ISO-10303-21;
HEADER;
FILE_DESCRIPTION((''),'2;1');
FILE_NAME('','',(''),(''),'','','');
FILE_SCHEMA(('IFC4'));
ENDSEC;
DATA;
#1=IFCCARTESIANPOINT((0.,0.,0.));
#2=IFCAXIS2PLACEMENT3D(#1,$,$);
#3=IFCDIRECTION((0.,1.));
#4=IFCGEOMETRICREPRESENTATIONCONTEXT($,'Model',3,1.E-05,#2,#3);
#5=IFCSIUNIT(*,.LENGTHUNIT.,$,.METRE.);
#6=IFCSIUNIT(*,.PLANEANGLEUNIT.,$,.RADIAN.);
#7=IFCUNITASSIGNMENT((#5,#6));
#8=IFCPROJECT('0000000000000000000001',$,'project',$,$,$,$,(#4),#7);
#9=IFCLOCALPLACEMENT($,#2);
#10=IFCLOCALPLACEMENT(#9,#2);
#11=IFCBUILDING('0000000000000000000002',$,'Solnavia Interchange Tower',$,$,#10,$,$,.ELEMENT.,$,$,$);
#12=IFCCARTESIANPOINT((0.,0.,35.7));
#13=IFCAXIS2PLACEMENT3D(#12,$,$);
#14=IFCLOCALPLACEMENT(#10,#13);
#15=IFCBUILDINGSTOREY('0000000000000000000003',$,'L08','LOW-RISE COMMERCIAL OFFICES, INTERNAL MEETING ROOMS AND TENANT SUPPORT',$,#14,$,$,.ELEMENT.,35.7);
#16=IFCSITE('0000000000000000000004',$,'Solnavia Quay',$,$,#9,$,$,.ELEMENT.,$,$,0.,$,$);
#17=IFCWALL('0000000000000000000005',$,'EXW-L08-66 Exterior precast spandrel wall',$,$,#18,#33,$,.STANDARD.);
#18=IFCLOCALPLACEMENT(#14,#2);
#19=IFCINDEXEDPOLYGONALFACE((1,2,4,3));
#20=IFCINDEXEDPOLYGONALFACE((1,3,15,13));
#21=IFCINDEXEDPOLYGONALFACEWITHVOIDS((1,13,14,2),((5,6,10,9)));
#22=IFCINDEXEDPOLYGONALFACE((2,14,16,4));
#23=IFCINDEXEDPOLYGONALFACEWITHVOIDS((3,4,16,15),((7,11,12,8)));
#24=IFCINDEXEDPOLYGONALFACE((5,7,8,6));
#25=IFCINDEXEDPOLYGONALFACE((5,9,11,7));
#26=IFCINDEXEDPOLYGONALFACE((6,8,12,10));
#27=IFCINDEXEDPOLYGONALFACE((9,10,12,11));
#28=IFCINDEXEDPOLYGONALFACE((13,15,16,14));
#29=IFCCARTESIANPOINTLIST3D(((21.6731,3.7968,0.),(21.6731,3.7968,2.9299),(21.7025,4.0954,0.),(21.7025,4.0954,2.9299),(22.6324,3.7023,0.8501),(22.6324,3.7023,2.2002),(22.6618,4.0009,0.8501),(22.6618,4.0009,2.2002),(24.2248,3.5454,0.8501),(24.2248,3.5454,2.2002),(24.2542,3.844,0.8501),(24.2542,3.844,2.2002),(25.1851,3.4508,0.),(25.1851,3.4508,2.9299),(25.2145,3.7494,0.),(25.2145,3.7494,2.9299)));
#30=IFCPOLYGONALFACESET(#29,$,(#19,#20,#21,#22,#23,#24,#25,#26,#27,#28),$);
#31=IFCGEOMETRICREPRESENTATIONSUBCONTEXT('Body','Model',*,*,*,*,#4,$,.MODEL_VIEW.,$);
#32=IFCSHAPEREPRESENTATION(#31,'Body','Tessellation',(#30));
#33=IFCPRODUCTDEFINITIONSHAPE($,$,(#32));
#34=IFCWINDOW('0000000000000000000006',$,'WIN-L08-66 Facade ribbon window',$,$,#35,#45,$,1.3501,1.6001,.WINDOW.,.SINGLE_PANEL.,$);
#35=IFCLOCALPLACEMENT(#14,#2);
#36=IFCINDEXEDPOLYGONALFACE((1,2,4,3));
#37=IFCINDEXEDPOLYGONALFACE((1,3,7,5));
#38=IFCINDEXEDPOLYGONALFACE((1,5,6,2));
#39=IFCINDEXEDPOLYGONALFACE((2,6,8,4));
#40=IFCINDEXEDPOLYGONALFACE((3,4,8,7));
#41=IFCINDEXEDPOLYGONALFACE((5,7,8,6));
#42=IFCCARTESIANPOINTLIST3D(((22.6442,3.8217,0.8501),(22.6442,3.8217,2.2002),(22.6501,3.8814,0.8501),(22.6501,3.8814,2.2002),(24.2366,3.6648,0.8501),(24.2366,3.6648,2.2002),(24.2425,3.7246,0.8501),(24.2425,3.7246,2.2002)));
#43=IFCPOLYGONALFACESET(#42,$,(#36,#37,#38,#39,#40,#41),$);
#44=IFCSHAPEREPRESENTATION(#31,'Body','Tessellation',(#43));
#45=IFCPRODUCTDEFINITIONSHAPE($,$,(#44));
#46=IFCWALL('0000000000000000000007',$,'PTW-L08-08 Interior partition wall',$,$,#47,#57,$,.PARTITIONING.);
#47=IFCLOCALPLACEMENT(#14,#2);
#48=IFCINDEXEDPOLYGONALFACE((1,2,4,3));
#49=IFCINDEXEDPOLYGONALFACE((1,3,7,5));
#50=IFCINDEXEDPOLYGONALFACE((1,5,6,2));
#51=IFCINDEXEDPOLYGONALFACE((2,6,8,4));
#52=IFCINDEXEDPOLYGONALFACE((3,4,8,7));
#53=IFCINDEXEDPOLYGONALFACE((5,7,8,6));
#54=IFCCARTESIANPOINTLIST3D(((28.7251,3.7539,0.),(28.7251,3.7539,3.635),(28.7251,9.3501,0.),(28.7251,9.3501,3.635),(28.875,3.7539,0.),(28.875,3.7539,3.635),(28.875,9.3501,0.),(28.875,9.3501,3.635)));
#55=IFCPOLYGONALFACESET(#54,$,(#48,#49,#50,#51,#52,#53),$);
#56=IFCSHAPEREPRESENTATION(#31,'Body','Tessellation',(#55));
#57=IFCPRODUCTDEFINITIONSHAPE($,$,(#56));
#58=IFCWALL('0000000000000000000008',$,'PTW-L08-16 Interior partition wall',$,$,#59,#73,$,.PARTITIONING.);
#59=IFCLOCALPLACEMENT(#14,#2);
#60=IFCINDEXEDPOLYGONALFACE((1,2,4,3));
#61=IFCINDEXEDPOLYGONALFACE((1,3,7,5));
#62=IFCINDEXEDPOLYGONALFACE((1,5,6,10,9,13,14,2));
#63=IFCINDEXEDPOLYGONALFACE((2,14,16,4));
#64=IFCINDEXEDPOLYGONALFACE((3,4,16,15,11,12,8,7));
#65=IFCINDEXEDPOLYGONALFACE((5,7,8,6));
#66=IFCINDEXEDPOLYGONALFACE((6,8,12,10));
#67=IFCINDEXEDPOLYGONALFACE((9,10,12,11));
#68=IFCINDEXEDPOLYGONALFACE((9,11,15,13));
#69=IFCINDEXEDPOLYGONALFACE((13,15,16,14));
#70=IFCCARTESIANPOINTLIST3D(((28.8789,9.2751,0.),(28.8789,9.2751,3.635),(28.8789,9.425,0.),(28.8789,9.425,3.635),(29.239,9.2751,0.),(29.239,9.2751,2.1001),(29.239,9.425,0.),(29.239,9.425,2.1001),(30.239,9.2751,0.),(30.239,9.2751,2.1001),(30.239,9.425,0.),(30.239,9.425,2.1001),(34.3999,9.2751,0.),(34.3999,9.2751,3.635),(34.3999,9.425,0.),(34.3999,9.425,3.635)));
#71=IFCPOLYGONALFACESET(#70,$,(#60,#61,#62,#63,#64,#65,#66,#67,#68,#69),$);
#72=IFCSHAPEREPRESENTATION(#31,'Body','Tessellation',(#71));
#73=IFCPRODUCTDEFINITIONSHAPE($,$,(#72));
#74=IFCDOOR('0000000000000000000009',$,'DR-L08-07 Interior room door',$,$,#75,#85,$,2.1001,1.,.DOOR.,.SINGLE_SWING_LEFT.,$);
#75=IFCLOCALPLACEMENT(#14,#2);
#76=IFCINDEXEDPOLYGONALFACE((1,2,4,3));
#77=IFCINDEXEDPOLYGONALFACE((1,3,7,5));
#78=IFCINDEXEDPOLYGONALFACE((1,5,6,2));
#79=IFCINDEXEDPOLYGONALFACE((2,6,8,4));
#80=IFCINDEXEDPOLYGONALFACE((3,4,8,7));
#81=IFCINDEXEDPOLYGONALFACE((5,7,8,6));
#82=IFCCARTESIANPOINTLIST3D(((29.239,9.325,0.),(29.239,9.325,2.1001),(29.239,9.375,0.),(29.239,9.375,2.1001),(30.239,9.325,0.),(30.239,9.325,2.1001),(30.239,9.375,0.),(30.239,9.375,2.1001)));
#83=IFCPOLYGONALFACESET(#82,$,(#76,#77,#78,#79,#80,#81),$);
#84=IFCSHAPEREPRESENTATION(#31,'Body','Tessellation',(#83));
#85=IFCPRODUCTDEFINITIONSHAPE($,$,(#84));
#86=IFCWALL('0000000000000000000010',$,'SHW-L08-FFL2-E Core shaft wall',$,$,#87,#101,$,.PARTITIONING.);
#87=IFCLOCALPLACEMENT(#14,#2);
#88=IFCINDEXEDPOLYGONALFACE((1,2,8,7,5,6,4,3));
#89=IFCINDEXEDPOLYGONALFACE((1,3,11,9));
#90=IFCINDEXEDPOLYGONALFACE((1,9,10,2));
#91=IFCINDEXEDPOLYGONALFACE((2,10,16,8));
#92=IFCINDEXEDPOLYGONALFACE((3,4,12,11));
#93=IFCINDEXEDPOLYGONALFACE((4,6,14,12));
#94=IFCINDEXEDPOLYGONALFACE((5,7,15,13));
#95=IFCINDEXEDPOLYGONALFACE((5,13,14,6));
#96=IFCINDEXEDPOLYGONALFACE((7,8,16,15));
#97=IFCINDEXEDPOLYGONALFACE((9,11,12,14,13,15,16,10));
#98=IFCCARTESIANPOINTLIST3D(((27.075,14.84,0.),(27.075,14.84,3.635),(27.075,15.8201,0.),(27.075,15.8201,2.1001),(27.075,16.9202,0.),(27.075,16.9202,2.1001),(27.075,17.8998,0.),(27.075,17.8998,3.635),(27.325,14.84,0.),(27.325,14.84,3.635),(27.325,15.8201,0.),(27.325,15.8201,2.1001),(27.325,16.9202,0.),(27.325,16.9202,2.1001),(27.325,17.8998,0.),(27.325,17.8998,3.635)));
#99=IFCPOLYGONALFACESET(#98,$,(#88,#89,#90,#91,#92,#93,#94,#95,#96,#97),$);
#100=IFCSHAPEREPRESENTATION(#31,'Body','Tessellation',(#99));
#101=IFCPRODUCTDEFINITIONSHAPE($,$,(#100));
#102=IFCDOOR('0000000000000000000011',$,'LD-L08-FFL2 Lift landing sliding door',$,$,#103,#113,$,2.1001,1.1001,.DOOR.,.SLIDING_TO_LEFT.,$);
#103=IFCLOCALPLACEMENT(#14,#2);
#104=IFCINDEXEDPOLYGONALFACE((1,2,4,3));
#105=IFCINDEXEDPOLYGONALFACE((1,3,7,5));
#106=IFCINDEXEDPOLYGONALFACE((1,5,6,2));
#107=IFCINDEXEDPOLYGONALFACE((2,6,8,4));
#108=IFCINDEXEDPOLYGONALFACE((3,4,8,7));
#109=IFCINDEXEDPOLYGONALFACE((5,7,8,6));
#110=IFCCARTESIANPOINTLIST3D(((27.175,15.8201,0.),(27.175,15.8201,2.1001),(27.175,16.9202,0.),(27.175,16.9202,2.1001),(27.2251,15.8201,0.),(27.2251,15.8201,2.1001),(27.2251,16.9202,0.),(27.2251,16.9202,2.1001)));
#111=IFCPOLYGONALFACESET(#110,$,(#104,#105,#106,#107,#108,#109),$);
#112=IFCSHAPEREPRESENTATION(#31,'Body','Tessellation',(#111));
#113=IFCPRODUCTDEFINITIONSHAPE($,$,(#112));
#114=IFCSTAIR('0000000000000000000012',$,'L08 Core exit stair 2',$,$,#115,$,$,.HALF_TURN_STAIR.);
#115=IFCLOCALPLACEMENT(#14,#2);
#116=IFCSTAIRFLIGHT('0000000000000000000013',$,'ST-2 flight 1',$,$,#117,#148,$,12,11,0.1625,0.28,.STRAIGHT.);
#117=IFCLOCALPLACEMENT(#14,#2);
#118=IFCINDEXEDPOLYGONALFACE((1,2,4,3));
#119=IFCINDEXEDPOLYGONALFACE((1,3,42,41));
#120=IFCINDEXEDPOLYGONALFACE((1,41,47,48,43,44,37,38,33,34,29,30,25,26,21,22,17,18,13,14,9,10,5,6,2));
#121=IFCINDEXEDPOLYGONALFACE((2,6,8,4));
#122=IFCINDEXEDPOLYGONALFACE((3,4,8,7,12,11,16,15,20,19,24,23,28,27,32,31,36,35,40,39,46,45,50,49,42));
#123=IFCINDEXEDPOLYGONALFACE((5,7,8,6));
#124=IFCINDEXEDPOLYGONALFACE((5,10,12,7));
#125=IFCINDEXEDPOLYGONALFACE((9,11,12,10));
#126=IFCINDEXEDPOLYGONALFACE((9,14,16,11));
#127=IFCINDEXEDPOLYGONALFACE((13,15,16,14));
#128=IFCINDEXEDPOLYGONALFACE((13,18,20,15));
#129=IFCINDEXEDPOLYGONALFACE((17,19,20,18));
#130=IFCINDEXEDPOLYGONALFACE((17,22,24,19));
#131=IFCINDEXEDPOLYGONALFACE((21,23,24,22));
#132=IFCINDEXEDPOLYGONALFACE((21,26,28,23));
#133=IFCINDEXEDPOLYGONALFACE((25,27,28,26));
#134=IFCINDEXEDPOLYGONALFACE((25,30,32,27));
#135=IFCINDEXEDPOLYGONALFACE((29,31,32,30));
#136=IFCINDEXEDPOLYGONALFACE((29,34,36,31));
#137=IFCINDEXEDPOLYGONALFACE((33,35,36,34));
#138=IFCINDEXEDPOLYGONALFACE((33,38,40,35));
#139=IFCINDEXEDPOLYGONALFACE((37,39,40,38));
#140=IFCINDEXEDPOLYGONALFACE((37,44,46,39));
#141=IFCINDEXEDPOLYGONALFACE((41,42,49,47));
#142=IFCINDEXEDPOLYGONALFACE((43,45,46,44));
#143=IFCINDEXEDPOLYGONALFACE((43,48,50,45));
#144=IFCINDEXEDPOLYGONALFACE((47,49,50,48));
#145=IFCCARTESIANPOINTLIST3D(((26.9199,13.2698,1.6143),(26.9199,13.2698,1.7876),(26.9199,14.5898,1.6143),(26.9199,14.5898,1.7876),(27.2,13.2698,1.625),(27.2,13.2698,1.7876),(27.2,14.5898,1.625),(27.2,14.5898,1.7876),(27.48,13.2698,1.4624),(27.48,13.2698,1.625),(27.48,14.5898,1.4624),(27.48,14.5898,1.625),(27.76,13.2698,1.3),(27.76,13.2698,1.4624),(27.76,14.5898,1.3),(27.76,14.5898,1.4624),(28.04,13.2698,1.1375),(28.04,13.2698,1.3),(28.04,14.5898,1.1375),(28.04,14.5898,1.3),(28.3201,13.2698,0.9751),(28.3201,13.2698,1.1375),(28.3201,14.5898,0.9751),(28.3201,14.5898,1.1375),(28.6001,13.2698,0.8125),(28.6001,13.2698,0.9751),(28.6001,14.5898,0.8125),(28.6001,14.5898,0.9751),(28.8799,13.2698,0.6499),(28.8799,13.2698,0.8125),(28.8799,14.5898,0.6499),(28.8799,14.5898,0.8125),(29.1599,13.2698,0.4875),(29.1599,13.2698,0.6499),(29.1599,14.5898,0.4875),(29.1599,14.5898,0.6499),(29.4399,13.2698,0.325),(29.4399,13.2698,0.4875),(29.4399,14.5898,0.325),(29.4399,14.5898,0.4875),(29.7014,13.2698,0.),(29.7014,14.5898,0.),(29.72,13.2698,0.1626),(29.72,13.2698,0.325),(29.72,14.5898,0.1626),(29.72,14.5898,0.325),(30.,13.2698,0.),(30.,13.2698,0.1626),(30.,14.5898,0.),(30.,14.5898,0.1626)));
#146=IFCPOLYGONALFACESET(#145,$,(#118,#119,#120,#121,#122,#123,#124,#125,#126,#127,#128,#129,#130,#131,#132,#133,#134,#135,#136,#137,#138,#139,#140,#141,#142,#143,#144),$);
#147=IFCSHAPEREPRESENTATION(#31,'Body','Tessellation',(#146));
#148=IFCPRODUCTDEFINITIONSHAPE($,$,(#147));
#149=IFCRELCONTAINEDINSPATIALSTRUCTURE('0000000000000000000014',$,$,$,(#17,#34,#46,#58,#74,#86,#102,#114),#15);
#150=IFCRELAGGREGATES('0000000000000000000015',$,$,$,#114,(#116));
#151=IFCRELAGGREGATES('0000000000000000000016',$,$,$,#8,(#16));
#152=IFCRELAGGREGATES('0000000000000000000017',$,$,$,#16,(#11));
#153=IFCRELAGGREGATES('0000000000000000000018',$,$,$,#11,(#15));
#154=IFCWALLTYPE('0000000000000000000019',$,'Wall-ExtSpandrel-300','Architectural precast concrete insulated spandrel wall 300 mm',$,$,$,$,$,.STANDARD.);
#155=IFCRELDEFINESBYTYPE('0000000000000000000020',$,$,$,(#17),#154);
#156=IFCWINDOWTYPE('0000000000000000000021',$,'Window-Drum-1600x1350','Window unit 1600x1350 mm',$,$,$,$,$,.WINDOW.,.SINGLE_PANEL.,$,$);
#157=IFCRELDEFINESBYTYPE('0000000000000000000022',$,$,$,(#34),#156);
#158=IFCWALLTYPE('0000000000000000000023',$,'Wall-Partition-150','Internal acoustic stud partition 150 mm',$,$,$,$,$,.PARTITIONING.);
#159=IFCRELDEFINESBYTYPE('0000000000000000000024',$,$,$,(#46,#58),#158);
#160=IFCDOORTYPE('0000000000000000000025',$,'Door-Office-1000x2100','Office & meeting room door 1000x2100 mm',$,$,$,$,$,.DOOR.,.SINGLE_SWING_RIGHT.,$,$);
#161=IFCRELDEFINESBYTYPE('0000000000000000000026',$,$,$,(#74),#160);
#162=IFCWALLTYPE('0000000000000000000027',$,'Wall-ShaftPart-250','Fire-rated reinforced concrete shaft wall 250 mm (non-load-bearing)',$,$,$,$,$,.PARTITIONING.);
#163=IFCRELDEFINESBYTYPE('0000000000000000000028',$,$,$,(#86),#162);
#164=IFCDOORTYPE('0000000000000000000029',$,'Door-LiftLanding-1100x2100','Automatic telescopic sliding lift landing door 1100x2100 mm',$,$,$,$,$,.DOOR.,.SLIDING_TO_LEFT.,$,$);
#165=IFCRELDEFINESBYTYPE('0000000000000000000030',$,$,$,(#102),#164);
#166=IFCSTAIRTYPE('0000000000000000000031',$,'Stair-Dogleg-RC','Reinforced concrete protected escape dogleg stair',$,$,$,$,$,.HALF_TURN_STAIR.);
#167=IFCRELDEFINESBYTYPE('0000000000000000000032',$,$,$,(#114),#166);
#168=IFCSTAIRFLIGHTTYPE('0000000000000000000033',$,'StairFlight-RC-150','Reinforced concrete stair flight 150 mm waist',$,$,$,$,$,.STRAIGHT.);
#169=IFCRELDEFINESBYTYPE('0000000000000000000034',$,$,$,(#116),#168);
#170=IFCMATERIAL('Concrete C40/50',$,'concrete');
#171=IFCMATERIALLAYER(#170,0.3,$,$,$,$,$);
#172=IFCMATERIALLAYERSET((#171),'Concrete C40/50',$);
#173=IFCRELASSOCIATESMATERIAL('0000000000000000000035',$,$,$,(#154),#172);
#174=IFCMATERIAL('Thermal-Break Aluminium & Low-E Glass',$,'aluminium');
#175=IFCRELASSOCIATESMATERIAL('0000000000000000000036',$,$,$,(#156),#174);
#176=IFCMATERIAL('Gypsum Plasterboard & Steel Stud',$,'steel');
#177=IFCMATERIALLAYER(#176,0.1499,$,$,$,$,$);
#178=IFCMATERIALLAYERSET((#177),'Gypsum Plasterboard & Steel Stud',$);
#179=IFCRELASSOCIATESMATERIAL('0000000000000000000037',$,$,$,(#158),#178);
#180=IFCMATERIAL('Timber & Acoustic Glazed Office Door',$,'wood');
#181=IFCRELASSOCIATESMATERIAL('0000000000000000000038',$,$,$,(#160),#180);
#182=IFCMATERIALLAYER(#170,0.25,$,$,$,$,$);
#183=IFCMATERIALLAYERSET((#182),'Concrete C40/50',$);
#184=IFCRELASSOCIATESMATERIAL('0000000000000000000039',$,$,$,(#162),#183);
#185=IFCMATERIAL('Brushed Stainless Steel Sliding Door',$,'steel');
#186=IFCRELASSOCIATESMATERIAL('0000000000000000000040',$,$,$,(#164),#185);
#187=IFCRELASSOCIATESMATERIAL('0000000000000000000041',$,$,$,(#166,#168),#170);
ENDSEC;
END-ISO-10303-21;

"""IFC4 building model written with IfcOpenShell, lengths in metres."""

from ifc_helpers import new_model, si_unit, direction, frame, frame_2d, origin, place, context, subcontext, project, spatial, polyline, rectangle, outline, extrude, material, layer, layer_set, type_object, element, fill, aggregate, save


model = new_model("IFC4")

# Units and contexts
model_context = context("Model", 3, precision=1e-05, world=origin(), true_north=direction((0.0, 1.0)))
body_context = subcontext(model_context, "Body", "Model", "MODEL_VIEW")
ifc_project = project(units=[si_unit("LENGTHUNIT", "METRE"), si_unit("PLANEANGLEUNIT", "RADIAN")], contexts=[model_context])

# Site, building, storey
site_placement = place(None, origin())
site = spatial("IfcSite", under=ifc_project, at=site_placement, Name="Solnavia Quay", CompositionType="ELEMENT", RefElevation=0.0)
building_placement = place(site_placement, origin())
building = spatial("IfcBuilding", under=site, at=building_placement, Name="Solnavia Interchange Tower", CompositionType="ELEMENT")
storey_placement = place(building_placement, frame((0.0, 0.0, 35.7)))
storey = spatial("IfcBuildingStorey", under=building, at=storey_placement, Name="L08", Description="LOW-RISE COMMERCIAL OFFICES, INTERNAL MEETING ROOMS AND TENANT SUPPORT", CompositionType="ELEMENT", Elevation=35.7)

# Shared definitions
ifc_material_1 = material(Name="Concrete C40/50", Category="concrete")
ifc_layer_1 = layer(ifc_material_1, 0.3)
ifc_layer_set_1 = layer_set([ifc_layer_1], Name="Concrete C40/50")
wall_type_1 = type_object("IfcWallType", Name="Wall-ExtSpandrel-300", Description="Architectural precast concrete insulated spandrel wall 300 mm", PredefinedType="STANDARD", material=ifc_layer_set_1)

# Wall, opening, window
wall_1_placement = place(storey_placement, frame((25.2, 3.6001, 0.0), z_axis=(0.0, 0.0, 1.0), x_axis=(-0.995183, 0.098031, 0.0)))
wall_1 = element("IfcWall", 1, at=wall_1_placement, inside=storey, type_object=wall_type_1, Name="EXW-L08-66 Exterior precast spandrel wall", PredefinedType="STANDARD", context=body_context, shape_type="SweptSolid", body=[
    extrude(rectangle(XDim=3.5291, YDim=0.3, at=frame_2d((1.7646, 0.0))), origin(), (0.0, 0.0, 1.0), 2.9299),
])
opening_1_placement = place(wall_1_placement, frame((0.9651, 0.0, 0.8501)))
opening_1 = element("IfcOpeningElement", 2, at=opening_1_placement, cuts=wall_1, PredefinedType="OPENING", context=body_context, shape_type="SweptSolid", body=[
    extrude(rectangle(XDim=1.6001, YDim=1.3501, at=frame_2d((0.8, 0.675))), frame((0.0, 0.1602, 0.0), z_axis=(0.0, -1.0, 0.0), x_axis=(1.0, 0.0, 0.0)), (0.0, 0.0, 1.0), 0.3201),
])
ifc_material_2 = material(Name="Thermal-Break Aluminium & Low-E Glass", Category="aluminium")
window_type = type_object("IfcWindowType", Name="Window-Drum-1600x1350", Description="Window unit 1600x1350 mm", PartitioningType="SINGLE_PANEL", PredefinedType="WINDOW", material=ifc_material_2)
window_placement = place(opening_1_placement, origin())
window = element("IfcWindow", 3, at=window_placement, inside=storey, type_object=window_type, Name="WIN-L08-66 Facade ribbon window", OverallHeight=1.3501, OverallWidth=1.6001, PartitioningType="SINGLE_PANEL", PredefinedType="WINDOW", context=body_context, shape_type="SweptSolid", body=[
    extrude(rectangle(XDim=1.6001, YDim=1.3501, at=frame_2d((0.8, 0.675))), frame((0.0, 0.03, 0.0), z_axis=(0.0, -1.0, 0.0), x_axis=(1.0, 0.0, 0.0)), (0.0, 0.0, 1.0), 0.0601),
])
fill(opening_1, window)

# Wall
ifc_material_3 = material(Name="Gypsum Plasterboard & Steel Stud", Category="steel")
ifc_layer_2 = layer(ifc_material_3, 0.1499)
ifc_layer_set_2 = layer_set([ifc_layer_2], Name="Gypsum Plasterboard & Steel Stud")
wall_type_2 = type_object("IfcWallType", Name="Wall-Partition-150", Description="Internal acoustic stud partition 150 mm", PredefinedType="PARTITIONING", material=ifc_layer_set_2)
wall_2_placement = place(storey_placement, frame((28.8, 9.3501, 0.0), z_axis=(0.0, 0.0, 1.0), x_axis=(0.0, -1.0, 0.0)))
element("IfcWall", 4, at=wall_2_placement, inside=storey, type_object=wall_type_2, Name="PTW-L08-08 Interior partition wall", PredefinedType="PARTITIONING", context=body_context, shape_type="SweptSolid", body=[
    extrude(rectangle(XDim=5.5962, YDim=0.1499, at=frame_2d((2.7981, 0.0))), origin(), (0.0, 0.0, 1.0), 3.635),
])

# Walls, openings, doors
wall_3_placement = place(storey_placement, frame((28.8789, 9.3501, 0.0), z_axis=(0.0, 0.0, 1.0), x_axis=(1.0, 0.0, 0.0)))
wall_3 = element("IfcWall", 5, at=wall_3_placement, inside=storey, type_object=wall_type_2, Name="PTW-L08-16 Interior partition wall", PredefinedType="PARTITIONING", context=body_context, shape_type="SweptSolid", body=[
    extrude(rectangle(XDim=5.521, YDim=0.1499, at=frame_2d((2.7605, 0.0))), origin(), (0.0, 0.0, 1.0), 3.635),
])
opening_2_placement = place(wall_3_placement, frame((0.3601, 0.0, 0.0)))
opening_2 = element("IfcOpeningElement", 6, at=opening_2_placement, cuts=wall_3, PredefinedType="OPENING", context=body_context, shape_type="SweptSolid", body=[
    extrude(rectangle(XDim=1.0, YDim=2.1001, at=frame_2d((0.5, 1.05))), frame((0.0, 0.085, 0.0), z_axis=(0.0, -1.0, 0.0), x_axis=(1.0, 0.0, 0.0)), (0.0, 0.0, 1.0), 0.1699),
])
ifc_material_4 = material(Name="Timber & Acoustic Glazed Office Door", Category="wood")
door_type_1 = type_object("IfcDoorType", Name="Door-Office-1000x2100", Description="Office & meeting room door 1000x2100 mm", OperationType="SINGLE_SWING_RIGHT", PredefinedType="DOOR", material=ifc_material_4)
door_1_placement = place(opening_2_placement, origin())
door_1 = element("IfcDoor", 7, at=door_1_placement, inside=storey, type_object=door_type_1, Name="DR-L08-07 Interior room door", OperationType="SINGLE_SWING_LEFT", OverallHeight=2.1001, OverallWidth=1.0, PredefinedType="DOOR", context=body_context, shape_type="SweptSolid", body=[
    extrude(rectangle(XDim=1.0, YDim=2.1001, at=frame_2d((0.5, 1.05))), frame((0.0, 0.0249, 0.0), z_axis=(0.0, -1.0, 0.0), x_axis=(1.0, 0.0, 0.0)), (0.0, 0.0, 1.0), 0.05),
])
fill(opening_2, door_1)
ifc_layer_3 = layer(ifc_material_1, 0.25)
ifc_layer_set_3 = layer_set([ifc_layer_3], Name="Concrete C40/50")
wall_type_3 = type_object("IfcWallType", Name="Wall-ShaftPart-250", Description="Fire-rated reinforced concrete shaft wall 250 mm (non-load-bearing)", PredefinedType="PARTITIONING", material=ifc_layer_set_3)
wall_4_placement = place(storey_placement, frame((27.2, 14.8401, 0.0), z_axis=(0.0, 0.0, 1.0), x_axis=(0.0, 1.0, 0.0)))
wall_4 = element("IfcWall", 8, at=wall_4_placement, inside=storey, type_object=wall_type_3, Name="SHW-L08-FFL2-E Core shaft wall", PredefinedType="PARTITIONING", context=body_context, shape_type="SweptSolid", body=[
    extrude(rectangle(XDim=3.0598, YDim=0.25, at=frame_2d((1.5298, 0.0))), origin(), (0.0, 0.0, 1.0), 3.635),
])
opening_3_placement = place(wall_4_placement, frame((0.98, 0.0, 0.0)))
opening_3 = element("IfcOpeningElement", 9, at=opening_3_placement, cuts=wall_4, PredefinedType="OPENING", context=body_context, shape_type="SweptSolid", body=[
    extrude(rectangle(XDim=1.1001, YDim=2.1001, at=frame_2d((0.55, 1.05))), frame((0.0, 0.135, 0.0), z_axis=(0.0, -1.0, 0.0), x_axis=(1.0, 0.0, 0.0)), (0.0, 0.0, 1.0), 0.27),
])
ifc_material_5 = material(Name="Brushed Stainless Steel Sliding Door", Category="steel")
door_type_2 = type_object("IfcDoorType", Name="Door-LiftLanding-1100x2100", Description="Automatic telescopic sliding lift landing door 1100x2100 mm", OperationType="SLIDING_TO_LEFT", PredefinedType="DOOR", material=ifc_material_5)
door_2_placement = place(opening_3_placement, origin())
door_2 = element("IfcDoor", 10, at=door_2_placement, inside=storey, type_object=door_type_2, Name="LD-L08-FFL2 Lift landing sliding door", OperationType="SLIDING_TO_LEFT", OverallHeight=2.1001, OverallWidth=1.1001, PredefinedType="DOOR", context=body_context, shape_type="SweptSolid", body=[
    extrude(rectangle(XDim=1.1001, YDim=2.1001, at=frame_2d((0.55, 1.05))), frame((0.0, 0.0249, 0.0), z_axis=(0.0, -1.0, 0.0), x_axis=(1.0, 0.0, 0.0)), (0.0, 0.0, 1.0), 0.05),
])
fill(opening_3, door_2)

# Stair, stair flight
stair_type = type_object("IfcStairType", Name="Stair-Dogleg-RC", Description="Reinforced concrete protected escape dogleg stair", PredefinedType="HALF_TURN_STAIR", material=ifc_material_1)
stair_placement = place(storey_placement, origin())
stair = element("IfcStair", 11, at=stair_placement, inside=storey, type_object=stair_type, Name="L08 Core exit stair 2", PredefinedType="HALF_TURN_STAIR")
stair_flight_type = type_object("IfcStairFlightType", Name="StairFlight-RC-150", Description="Reinforced concrete stair flight 150 mm waist", PredefinedType="STRAIGHT", material=ifc_material_1)
stair_flight_1_placement = place(storey_placement, frame((30.0, 13.9299, 0.0), z_axis=(0.0, 0.0, 1.0), x_axis=(-1.0, 0.0, 0.0)))
stair_flight_1 = element("IfcStairFlight", 12, at=stair_flight_1_placement, type_object=stair_flight_type, Name="ST-2 flight 1", NumberOfRisers=12, NumberOfTreads=11, PredefinedType="STRAIGHT", RiserHeight=0.1625, TreadLength=0.28, context=body_context, shape_type="SweptSolid", body=[
    extrude(outline(polyline([(0.0, 0.0), (0.0, 0.1626), (0.28, 0.1626), (0.28, 0.325), (0.5601, 0.325), (0.5601, 0.4875), (0.8401, 0.4875), (0.8401, 0.6499), (1.1201, 0.6499), (1.1201, 0.8125), (1.3999, 0.8125), (1.3999, 0.9751), (1.6799, 0.9751), (1.6799, 1.1375), (1.96, 1.1375), (1.96, 1.3), (2.24, 1.3), (2.24, 1.4624), (2.52, 1.4624), (2.52, 1.625), (2.8, 1.625), (2.8, 1.7876), (3.0801, 1.7876), (3.0801, 1.95), (3.0801, 1.6143), (0.2986, 0.0), (0.0, 0.0)])), frame((0.0, 0.6602, 0.0), z_axis=(0.0, -1.0, 0.0), x_axis=(1.0, 0.0, 0.0)), (0.0, 0.0, 1.0), 1.3201),
])
aggregate(stair, [stair_flight_1])

save(model, "model.ifc")
